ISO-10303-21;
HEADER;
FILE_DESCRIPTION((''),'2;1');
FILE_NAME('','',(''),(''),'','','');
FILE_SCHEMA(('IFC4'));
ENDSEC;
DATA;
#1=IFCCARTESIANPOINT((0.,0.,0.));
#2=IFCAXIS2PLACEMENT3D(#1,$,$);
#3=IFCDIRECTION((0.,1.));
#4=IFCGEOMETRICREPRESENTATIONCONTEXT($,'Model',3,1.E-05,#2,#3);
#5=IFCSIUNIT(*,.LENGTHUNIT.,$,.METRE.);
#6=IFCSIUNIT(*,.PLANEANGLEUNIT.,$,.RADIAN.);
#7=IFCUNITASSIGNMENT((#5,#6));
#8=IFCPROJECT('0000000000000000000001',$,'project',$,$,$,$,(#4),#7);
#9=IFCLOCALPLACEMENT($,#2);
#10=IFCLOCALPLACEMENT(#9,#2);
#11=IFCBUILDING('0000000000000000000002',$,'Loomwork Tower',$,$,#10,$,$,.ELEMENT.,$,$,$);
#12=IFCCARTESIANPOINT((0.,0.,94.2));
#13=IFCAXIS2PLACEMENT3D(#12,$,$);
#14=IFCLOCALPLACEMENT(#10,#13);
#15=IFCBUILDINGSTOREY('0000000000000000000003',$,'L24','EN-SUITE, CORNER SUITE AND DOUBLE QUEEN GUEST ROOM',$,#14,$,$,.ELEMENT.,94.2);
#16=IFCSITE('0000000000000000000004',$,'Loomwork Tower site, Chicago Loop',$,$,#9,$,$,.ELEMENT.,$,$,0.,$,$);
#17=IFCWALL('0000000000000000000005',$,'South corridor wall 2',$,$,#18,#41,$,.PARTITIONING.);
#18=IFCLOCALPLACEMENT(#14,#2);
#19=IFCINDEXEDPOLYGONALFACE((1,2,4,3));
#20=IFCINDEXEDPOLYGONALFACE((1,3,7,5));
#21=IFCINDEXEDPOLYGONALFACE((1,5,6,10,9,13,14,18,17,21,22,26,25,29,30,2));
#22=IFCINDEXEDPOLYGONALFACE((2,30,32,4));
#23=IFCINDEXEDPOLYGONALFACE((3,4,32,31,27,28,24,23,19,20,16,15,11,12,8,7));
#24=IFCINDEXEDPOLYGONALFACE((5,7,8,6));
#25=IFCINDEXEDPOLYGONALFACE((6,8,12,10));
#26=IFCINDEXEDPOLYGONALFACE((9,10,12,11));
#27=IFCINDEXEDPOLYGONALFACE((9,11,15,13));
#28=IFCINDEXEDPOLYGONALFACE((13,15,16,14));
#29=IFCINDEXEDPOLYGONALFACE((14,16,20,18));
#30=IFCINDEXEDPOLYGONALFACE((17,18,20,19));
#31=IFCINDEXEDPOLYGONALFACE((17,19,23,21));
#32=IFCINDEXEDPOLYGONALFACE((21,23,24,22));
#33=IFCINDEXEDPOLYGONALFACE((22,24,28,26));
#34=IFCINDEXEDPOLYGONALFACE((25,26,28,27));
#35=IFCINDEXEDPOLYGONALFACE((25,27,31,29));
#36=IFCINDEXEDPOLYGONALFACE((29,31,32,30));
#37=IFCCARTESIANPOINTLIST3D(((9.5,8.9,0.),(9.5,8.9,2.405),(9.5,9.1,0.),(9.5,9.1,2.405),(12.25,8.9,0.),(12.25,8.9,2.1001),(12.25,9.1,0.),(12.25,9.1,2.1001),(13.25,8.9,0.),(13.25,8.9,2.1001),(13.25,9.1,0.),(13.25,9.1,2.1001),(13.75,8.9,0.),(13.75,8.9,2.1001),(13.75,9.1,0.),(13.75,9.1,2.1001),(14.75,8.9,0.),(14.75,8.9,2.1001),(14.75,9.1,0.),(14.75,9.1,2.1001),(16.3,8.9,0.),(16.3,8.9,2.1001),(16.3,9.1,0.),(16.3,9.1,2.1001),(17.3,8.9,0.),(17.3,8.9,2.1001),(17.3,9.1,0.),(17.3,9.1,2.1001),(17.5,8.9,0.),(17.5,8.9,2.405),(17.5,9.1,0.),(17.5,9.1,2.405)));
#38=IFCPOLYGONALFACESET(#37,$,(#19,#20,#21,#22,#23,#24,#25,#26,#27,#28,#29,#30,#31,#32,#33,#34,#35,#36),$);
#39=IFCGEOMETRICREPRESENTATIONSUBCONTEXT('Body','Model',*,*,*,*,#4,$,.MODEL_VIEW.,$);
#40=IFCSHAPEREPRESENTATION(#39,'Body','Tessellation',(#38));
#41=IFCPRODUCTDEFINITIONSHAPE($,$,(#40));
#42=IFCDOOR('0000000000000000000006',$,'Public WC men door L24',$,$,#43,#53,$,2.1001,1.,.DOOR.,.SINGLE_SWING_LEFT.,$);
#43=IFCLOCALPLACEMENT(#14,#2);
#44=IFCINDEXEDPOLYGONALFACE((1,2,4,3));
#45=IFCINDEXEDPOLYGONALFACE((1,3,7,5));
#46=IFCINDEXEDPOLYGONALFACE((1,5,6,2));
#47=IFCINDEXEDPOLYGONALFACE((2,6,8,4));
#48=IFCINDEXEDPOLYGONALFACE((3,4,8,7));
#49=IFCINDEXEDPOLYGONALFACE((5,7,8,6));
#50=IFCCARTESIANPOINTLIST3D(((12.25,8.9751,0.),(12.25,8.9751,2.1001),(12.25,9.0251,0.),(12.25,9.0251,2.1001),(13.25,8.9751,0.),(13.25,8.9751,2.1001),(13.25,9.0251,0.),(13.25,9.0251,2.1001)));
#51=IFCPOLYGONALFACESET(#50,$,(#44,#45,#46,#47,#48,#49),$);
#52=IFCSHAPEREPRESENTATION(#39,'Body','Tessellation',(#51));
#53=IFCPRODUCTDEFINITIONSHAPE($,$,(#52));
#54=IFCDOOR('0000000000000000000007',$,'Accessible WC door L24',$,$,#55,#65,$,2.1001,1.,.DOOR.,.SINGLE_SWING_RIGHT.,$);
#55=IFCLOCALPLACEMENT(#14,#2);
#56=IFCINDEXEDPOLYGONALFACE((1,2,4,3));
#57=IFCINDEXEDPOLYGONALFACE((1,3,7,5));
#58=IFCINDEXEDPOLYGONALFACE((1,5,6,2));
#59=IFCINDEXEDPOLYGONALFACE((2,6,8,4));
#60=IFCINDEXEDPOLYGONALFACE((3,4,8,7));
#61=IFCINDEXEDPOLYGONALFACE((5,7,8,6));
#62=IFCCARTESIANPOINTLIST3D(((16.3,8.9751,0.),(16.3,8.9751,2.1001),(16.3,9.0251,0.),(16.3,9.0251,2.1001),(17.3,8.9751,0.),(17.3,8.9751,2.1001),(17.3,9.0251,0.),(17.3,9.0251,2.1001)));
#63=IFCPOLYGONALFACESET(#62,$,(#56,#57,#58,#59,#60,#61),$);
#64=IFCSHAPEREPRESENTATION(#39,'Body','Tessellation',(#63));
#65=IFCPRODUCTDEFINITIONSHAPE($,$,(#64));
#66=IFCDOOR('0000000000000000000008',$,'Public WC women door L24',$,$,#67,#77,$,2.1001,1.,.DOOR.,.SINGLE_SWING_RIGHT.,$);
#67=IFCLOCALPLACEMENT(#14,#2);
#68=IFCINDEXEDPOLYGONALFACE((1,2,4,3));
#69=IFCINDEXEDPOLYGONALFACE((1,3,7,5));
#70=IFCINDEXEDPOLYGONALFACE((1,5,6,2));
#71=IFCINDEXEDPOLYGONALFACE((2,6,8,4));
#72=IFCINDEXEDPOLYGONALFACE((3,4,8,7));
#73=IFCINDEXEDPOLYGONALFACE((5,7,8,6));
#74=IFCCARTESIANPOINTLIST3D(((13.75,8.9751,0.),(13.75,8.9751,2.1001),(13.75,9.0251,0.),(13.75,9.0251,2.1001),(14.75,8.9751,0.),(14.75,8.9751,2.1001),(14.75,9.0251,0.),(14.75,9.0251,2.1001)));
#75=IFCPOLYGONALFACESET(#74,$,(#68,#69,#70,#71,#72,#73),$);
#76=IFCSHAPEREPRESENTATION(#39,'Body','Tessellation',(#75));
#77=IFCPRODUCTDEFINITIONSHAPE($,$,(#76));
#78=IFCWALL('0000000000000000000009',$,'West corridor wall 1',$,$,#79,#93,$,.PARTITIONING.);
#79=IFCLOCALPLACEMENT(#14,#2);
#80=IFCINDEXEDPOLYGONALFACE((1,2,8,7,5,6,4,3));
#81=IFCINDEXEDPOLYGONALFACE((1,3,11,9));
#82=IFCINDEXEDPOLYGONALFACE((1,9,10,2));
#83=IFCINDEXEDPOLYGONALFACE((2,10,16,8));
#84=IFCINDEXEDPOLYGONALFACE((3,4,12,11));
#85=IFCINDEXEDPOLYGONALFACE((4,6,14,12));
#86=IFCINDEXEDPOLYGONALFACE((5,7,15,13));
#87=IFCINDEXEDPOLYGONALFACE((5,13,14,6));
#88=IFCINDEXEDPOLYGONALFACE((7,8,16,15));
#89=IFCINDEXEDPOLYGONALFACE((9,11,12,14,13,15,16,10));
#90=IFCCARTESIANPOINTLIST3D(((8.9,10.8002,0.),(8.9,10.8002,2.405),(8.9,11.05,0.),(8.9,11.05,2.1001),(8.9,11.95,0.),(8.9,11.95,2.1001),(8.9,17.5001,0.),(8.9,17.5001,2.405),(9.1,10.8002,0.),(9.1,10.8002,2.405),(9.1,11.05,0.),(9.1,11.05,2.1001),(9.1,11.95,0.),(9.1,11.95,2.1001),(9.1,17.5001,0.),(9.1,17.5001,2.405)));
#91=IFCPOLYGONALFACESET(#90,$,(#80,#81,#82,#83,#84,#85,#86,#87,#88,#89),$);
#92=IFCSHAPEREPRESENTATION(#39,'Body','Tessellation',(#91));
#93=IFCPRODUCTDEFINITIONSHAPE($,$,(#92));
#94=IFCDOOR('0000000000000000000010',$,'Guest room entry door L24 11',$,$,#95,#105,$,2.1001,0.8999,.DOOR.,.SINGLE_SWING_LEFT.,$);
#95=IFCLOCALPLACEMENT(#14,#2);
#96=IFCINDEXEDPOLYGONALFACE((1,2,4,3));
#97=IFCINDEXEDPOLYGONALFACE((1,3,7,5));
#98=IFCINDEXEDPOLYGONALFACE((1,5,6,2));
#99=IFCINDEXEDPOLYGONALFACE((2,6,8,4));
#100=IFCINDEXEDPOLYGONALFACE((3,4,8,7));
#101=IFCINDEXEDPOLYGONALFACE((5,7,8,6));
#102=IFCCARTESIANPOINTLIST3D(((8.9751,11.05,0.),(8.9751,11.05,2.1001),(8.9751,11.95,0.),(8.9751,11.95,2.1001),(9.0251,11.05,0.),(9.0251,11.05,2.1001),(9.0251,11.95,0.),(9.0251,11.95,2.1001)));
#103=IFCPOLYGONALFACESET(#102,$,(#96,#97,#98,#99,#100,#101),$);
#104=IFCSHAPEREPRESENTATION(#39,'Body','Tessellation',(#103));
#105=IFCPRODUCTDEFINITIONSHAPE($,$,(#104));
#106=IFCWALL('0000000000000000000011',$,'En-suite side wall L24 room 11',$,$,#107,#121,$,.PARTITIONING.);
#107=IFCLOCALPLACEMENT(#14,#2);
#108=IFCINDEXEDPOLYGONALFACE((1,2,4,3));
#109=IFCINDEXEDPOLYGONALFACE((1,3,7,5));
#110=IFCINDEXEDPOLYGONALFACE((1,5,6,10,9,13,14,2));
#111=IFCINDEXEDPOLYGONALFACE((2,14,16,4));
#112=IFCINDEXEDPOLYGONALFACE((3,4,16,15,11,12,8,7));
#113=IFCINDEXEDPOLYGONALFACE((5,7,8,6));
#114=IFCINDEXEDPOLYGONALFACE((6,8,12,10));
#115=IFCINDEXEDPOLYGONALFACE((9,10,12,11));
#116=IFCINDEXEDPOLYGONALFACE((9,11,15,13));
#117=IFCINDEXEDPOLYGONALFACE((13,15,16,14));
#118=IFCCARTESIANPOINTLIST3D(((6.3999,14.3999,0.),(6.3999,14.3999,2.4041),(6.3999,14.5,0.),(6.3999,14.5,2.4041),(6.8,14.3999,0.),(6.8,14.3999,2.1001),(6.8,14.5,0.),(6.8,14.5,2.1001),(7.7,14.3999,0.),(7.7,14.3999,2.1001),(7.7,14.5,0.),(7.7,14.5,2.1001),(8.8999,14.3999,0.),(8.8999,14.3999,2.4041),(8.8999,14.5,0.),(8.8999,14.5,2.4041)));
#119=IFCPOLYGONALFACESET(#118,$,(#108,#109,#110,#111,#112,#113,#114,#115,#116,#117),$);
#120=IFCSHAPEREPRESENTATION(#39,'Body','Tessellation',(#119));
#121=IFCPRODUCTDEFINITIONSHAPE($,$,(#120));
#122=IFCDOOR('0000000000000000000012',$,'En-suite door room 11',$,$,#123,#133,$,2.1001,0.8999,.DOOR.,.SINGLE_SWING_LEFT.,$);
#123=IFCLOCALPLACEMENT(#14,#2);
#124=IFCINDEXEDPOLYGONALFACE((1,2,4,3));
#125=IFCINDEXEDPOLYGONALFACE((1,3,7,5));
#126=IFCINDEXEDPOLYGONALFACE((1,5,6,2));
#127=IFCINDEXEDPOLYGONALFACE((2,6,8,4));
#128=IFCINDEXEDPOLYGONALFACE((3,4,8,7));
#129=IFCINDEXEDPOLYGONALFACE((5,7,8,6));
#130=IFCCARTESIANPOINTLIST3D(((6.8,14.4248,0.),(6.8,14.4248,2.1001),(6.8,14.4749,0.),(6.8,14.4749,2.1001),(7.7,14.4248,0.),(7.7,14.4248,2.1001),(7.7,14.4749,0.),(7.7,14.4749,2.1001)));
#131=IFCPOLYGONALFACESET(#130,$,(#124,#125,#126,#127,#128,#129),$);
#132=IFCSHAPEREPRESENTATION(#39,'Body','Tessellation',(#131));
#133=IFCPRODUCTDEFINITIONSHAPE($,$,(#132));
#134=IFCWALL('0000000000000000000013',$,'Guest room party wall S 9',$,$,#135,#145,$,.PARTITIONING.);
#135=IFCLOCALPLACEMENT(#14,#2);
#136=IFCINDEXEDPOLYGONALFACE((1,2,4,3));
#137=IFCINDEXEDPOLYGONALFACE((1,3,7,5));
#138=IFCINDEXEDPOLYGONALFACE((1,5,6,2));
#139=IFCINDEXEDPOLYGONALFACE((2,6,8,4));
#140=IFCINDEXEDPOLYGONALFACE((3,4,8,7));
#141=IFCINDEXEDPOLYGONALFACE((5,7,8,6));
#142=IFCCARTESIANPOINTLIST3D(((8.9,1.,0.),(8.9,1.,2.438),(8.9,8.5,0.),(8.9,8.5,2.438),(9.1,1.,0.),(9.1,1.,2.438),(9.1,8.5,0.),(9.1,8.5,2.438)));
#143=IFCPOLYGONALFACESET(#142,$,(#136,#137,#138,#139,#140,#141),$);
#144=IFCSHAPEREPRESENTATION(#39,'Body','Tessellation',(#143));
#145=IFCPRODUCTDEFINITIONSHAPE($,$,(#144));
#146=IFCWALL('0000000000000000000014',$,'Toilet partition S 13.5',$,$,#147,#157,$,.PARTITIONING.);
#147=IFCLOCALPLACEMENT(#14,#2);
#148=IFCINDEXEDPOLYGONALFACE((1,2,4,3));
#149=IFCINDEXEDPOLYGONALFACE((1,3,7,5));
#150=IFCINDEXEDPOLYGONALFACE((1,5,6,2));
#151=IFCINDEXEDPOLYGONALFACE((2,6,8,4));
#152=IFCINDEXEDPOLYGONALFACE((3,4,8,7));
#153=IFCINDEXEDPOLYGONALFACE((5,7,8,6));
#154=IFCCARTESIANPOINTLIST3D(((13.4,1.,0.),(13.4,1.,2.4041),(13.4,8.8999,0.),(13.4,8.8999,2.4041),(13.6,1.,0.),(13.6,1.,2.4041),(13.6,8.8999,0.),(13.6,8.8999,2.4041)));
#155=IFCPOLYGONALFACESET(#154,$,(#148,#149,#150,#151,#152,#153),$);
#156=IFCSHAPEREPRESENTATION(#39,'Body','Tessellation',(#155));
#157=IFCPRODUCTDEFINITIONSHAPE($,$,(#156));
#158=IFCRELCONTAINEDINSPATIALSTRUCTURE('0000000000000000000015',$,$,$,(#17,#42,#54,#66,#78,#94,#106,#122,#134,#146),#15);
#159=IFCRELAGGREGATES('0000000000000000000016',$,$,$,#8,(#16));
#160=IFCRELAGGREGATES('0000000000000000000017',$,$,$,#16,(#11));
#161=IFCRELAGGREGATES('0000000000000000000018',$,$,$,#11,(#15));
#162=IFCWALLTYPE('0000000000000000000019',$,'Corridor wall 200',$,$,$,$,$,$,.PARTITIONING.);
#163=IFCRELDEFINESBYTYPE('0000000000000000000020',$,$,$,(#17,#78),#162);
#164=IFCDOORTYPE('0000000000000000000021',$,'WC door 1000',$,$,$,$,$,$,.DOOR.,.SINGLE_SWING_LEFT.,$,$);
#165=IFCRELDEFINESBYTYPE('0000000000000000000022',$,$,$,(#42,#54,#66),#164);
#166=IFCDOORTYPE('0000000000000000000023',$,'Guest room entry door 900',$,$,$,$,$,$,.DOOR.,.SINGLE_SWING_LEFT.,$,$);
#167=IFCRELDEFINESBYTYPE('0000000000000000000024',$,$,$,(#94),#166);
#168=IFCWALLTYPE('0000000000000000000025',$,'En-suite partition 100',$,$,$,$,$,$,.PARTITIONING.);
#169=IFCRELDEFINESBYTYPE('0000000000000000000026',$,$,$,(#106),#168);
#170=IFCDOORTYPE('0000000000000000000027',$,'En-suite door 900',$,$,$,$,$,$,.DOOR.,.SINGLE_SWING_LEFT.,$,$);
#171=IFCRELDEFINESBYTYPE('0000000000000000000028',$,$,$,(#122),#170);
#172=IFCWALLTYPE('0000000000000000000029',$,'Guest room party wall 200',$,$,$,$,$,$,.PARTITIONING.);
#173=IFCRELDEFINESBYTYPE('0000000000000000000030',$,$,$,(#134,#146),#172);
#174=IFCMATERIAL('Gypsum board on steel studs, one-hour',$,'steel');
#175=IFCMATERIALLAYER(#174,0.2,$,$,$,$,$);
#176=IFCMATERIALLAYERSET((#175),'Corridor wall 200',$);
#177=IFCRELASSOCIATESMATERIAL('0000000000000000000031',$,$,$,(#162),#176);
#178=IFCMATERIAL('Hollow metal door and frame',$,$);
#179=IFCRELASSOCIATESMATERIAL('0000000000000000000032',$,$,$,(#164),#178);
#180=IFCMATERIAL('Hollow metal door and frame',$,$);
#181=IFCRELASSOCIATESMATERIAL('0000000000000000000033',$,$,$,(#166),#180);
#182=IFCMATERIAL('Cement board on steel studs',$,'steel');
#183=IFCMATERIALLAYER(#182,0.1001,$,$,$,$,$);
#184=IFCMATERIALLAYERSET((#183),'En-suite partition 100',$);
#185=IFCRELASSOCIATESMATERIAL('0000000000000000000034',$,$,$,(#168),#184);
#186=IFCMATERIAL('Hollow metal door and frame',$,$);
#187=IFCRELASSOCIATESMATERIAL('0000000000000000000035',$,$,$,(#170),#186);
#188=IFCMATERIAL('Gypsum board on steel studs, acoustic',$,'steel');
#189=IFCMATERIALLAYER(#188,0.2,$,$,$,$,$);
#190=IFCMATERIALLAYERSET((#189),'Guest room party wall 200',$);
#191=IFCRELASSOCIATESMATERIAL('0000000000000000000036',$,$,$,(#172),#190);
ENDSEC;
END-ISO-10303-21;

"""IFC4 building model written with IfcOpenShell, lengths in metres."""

from ifc_helpers import new_model, si_unit, direction, frame, frame_2d, origin, place, context, subcontext, project, spatial, rectangle, extrude, material, layer, layer_set, type_object, element, fill, save


model = new_model("IFC4")

# Units and contexts
model_context = context("Model", 3, precision=1e-05, world=origin(), true_north=direction((0.0, 1.0)))
body_context = subcontext(model_context, "Body", "Model", "MODEL_VIEW")
ifc_project = project(units=[si_unit("LENGTHUNIT", "METRE"), si_unit("PLANEANGLEUNIT", "RADIAN")], contexts=[model_context])

# Site, building, storey
site_placement = place(None, origin())
site = spatial("IfcSite", under=ifc_project, at=site_placement, Name="Loomwork Tower site, Chicago Loop", CompositionType="ELEMENT", RefElevation=0.0)
building_placement = place(site_placement, origin())
building = spatial("IfcBuilding", under=site, at=building_placement, Name="Loomwork Tower", CompositionType="ELEMENT")
storey_placement = place(building_placement, frame((0.0, 0.0, 94.2)))
storey = spatial("IfcBuildingStorey", under=building, at=storey_placement, Name="L24", Description="EN-SUITE, CORNER SUITE AND DOUBLE QUEEN GUEST ROOM", CompositionType="ELEMENT", Elevation=94.2)

# Wall, openings, doors
ifc_material_1 = material(Name="Gypsum board on steel studs, one-hour", Category="steel")
ifc_layer_1 = layer(ifc_material_1, 0.2)
ifc_layer_set_1 = layer_set([ifc_layer_1], Name="Corridor wall 200")
wall_type_1 = type_object("IfcWallType", Name="Corridor wall 200", PredefinedType="PARTITIONING", material=ifc_layer_set_1)
wall_1_placement = place(storey_placement, frame((9.5, 9.0, 0.0), z_axis=(0.0, 0.0, 1.0), x_axis=(1.0, 0.0, 0.0)))
wall_1 = element("IfcWall", 1, at=wall_1_placement, inside=storey, type_object=wall_type_1, Name="South corridor wall 2", PredefinedType="PARTITIONING", context=body_context, shape_type="SweptSolid", body=[
    extrude(rectangle(XDim=8.0, YDim=0.2, at=frame_2d((4.0, 0.0))), origin(), (0.0, 0.0, 1.0), 2.405),
])
opening_1_placement = place(wall_1_placement, frame((2.75, 0.0, 0.0)))
opening_1 = element("IfcOpeningElement", 2, at=opening_1_placement, cuts=wall_1, PredefinedType="OPENING", context=body_context, shape_type="SweptSolid", body=[
    extrude(rectangle(XDim=1.0, YDim=2.1001, at=frame_2d((0.5, 1.05))), frame((0.0, 0.1099, 0.0), z_axis=(0.0, -1.0, 0.0), x_axis=(1.0, 0.0, 0.0)), (0.0, 0.0, 1.0), 0.22),
])
opening_2_placement = place(wall_1_placement, frame((6.8, 0.0, 0.0)))
opening_2 = element("IfcOpeningElement", 3, at=opening_2_placement, cuts=wall_1, PredefinedType="OPENING", context=body_context, shape_type="SweptSolid", body=[
    extrude(rectangle(XDim=1.0, YDim=2.1001, at=frame_2d((0.5, 1.05))), frame((0.0, 0.1099, 0.0), z_axis=(0.0, -1.0, 0.0), x_axis=(1.0, 0.0, 0.0)), (0.0, 0.0, 1.0), 0.22),
])
opening_3_placement = place(wall_1_placement, frame((4.25, 0.0, 0.0)))
opening_3 = element("IfcOpeningElement", 4, at=opening_3_placement, cuts=wall_1, PredefinedType="OPENING", context=body_context, shape_type="SweptSolid", body=[
    extrude(rectangle(XDim=1.0, YDim=2.1001, at=frame_2d((0.5, 1.05))), frame((0.0, 0.1099, 0.0), z_axis=(0.0, -1.0, 0.0), x_axis=(1.0, 0.0, 0.0)), (0.0, 0.0, 1.0), 0.22),
])
ifc_material_2 = material(Name="Hollow metal door and frame")
door_type_1 = type_object("IfcDoorType", Name="WC door 1000", OperationType="SINGLE_SWING_LEFT", PredefinedType="DOOR", material=ifc_material_2)
door_1_placement = place(opening_1_placement, frame((1.0, 0.0, 0.0), z_axis=(0.0, 0.0, 1.0), x_axis=(-1.0, 0.0, 0.0)))
door_1 = element("IfcDoor", 5, at=door_1_placement, inside=storey, type_object=door_type_1, Name="Public WC men door L24", OperationType="SINGLE_SWING_LEFT", OverallHeight=2.1001, OverallWidth=1.0, PredefinedType="DOOR", context=body_context, shape_type="SweptSolid", body=[
    extrude(rectangle(XDim=1.0, YDim=2.1001, at=frame_2d((0.5, 1.05))), frame((0.0, 0.0249, 0.0), z_axis=(0.0, -1.0, 0.0), x_axis=(1.0, 0.0, 0.0)), (0.0, 0.0, 1.0), 0.05),
])
fill(opening_1, door_1)
door_2_placement = place(opening_2_placement, frame((1.0, 0.0, 0.0), z_axis=(0.0, 0.0, 1.0), x_axis=(-1.0, 0.0, 0.0)))
door_2 = element("IfcDoor", 6, at=door_2_placement, inside=storey, type_object=door_type_1, Name="Accessible WC door L24", OperationType="SINGLE_SWING_RIGHT", OverallHeight=2.1001, OverallWidth=1.0, PredefinedType="DOOR", context=body_context, shape_type="SweptSolid", body=[
    extrude(rectangle(XDim=1.0, YDim=2.1001, at=frame_2d((0.5, 1.05))), frame((0.0, 0.0249, 0.0), z_axis=(0.0, -1.0, 0.0), x_axis=(1.0, 0.0, 0.0)), (0.0, 0.0, 1.0), 0.05),
])
fill(opening_2, door_2)
door_3_placement = place(opening_3_placement, frame((1.0, 0.0, 0.0), z_axis=(0.0, 0.0, 1.0), x_axis=(-1.0, 0.0, 0.0)))
door_3 = element("IfcDoor", 7, at=door_3_placement, inside=storey, type_object=door_type_1, Name="Public WC women door L24", OperationType="SINGLE_SWING_RIGHT", OverallHeight=2.1001, OverallWidth=1.0, PredefinedType="DOOR", context=body_context, shape_type="SweptSolid", body=[
    extrude(rectangle(XDim=1.0, YDim=2.1001, at=frame_2d((0.5, 1.05))), frame((0.0, 0.0249, 0.0), z_axis=(0.0, -1.0, 0.0), x_axis=(1.0, 0.0, 0.0)), (0.0, 0.0, 1.0), 0.05),
])
fill(opening_3, door_3)

# Walls, openings, doors
wall_2_placement = place(storey_placement, frame((9.0, 10.8, 0.0), z_axis=(0.0, 0.0, 1.0), x_axis=(0.0, 1.0, 0.0)))
wall_2 = element("IfcWall", 8, at=wall_2_placement, inside=storey, type_object=wall_type_1, Name="West corridor wall 1", PredefinedType="PARTITIONING", context=body_context, shape_type="SweptSolid", body=[
    extrude(rectangle(XDim=6.7, YDim=0.2, at=frame_2d((3.3501, 0.0))), origin(), (0.0, 0.0, 1.0), 2.405),
])
opening_4_placement = place(wall_2_placement, frame((0.25, 0.0, 0.0)))
opening_4 = element("IfcOpeningElement", 9, at=opening_4_placement, cuts=wall_2, PredefinedType="OPENING", context=body_context, shape_type="SweptSolid", body=[
    extrude(rectangle(XDim=0.8999, YDim=2.1001, at=frame_2d((0.45, 1.05))), frame((0.0, 0.1099, 0.0), z_axis=(0.0, -1.0, 0.0), x_axis=(1.0, 0.0, 0.0)), (0.0, 0.0, 1.0), 0.22),
])
ifc_material_3 = material(Name="Hollow metal door and frame")
door_type_2 = type_object("IfcDoorType", Name="Guest room entry door 900", OperationType="SINGLE_SWING_LEFT", PredefinedType="DOOR", material=ifc_material_3)
door_4_placement = place(opening_4_placement, origin())
door_4 = element("IfcDoor", 10, at=door_4_placement, inside=storey, type_object=door_type_2, Name="Guest room entry door L24 11", OperationType="SINGLE_SWING_LEFT", OverallHeight=2.1001, OverallWidth=0.8999, PredefinedType="DOOR", context=body_context, shape_type="SweptSolid", body=[
    extrude(rectangle(XDim=0.8999, YDim=2.1001, at=frame_2d((0.45, 1.05))), frame((0.0, 0.0249, 0.0), z_axis=(0.0, -1.0, 0.0), x_axis=(1.0, 0.0, 0.0)), (0.0, 0.0, 1.0), 0.05),
])
fill(opening_4, door_4)
ifc_material_4 = material(Name="Cement board on steel studs", Category="steel")
ifc_layer_2 = layer(ifc_material_4, 0.1001)
ifc_layer_set_2 = layer_set([ifc_layer_2], Name="En-suite partition 100")
wall_type_2 = type_object("IfcWallType", Name="En-suite partition 100", PredefinedType="PARTITIONING", material=ifc_layer_set_2)
wall_3_placement = place(storey_placement, frame((8.8999, 14.45, 0.0), z_axis=(0.0, 0.0, 1.0), x_axis=(-1.0, 0.0, 0.0)))
wall_3 = element("IfcWall", 11, at=wall_3_placement, inside=storey, type_object=wall_type_2, Name="En-suite side wall L24 room 11", PredefinedType="PARTITIONING", context=body_context, shape_type="SweptSolid", body=[
    extrude(rectangle(XDim=2.5, YDim=0.1001, at=frame_2d((1.25, 0.0))), origin(), (0.0, 0.0, 1.0), 2.4041),
])
opening_5_placement = place(wall_3_placement, frame((1.2, 0.0, 0.0)))
opening_5 = element("IfcOpeningElement", 12, at=opening_5_placement, cuts=wall_3, PredefinedType="OPENING", context=body_context, shape_type="SweptSolid", body=[
    extrude(rectangle(XDim=0.8999, YDim=2.1001, at=frame_2d((0.45, 1.05))), frame((0.0, 0.0601, 0.0), z_axis=(0.0, -1.0, 0.0), x_axis=(1.0, 0.0, 0.0)), (0.0, 0.0, 1.0), 0.1201),
])
ifc_material_5 = material(Name="Hollow metal door and frame")
door_type_3 = type_object("IfcDoorType", Name="En-suite door 900", OperationType="SINGLE_SWING_LEFT", PredefinedType="DOOR", material=ifc_material_5)
door_5_placement = place(opening_5_placement, frame((0.8999, 0.0, 0.0), z_axis=(0.0, 0.0, 1.0), x_axis=(-1.0, 0.0, 0.0)))
door_5 = element("IfcDoor", 13, at=door_5_placement, inside=storey, type_object=door_type_3, Name="En-suite door room 11", OperationType="SINGLE_SWING_LEFT", OverallHeight=2.1001, OverallWidth=0.8999, PredefinedType="DOOR", context=body_context, shape_type="SweptSolid", body=[
    extrude(rectangle(XDim=0.8999, YDim=2.1001, at=frame_2d((0.45, 1.05))), frame((0.0, 0.0249, 0.0), z_axis=(0.0, -1.0, 0.0), x_axis=(1.0, 0.0, 0.0)), (0.0, 0.0, 1.0), 0.05),
])
fill(opening_5, door_5)

# Walls
ifc_material_6 = material(Name="Gypsum board on steel studs, acoustic", Category="steel")
ifc_layer_3 = layer(ifc_material_6, 0.2)
ifc_layer_set_3 = layer_set([ifc_layer_3], Name="Guest room party wall 200")
wall_type_3 = type_object("IfcWallType", Name="Guest room party wall 200", PredefinedType="PARTITIONING", material=ifc_layer_set_3)
wall_4_placement = place(storey_placement, frame((9.0, 8.5, 0.0), z_axis=(0.0, 0.0, 1.0), x_axis=(0.0, -1.0, 0.0)))
element("IfcWall", 14, at=wall_4_placement, inside=storey, type_object=wall_type_3, Name="Guest room party wall S 9", PredefinedType="PARTITIONING", context=body_context, shape_type="SweptSolid", body=[
    extrude(rectangle(XDim=7.5, YDim=0.2, at=frame_2d((3.75, 0.0))), origin(), (0.0, 0.0, 1.0), 2.438),
])
wall_5_placement = place(storey_placement, frame((13.5, 8.8999, 0.0), z_axis=(0.0, 0.0, 1.0), x_axis=(0.0, -1.0, 0.0)))
element("IfcWall", 15, at=wall_5_placement, inside=storey, type_object=wall_type_3, Name="Toilet partition S 13.5", PredefinedType="PARTITIONING", context=body_context, shape_type="SweptSolid", body=[
    extrude(rectangle(XDim=7.8999, YDim=0.2, at=frame_2d((3.95, 0.0))), origin(), (0.0, 0.0, 1.0), 2.4041),
])

save(model, "model.ifc")
